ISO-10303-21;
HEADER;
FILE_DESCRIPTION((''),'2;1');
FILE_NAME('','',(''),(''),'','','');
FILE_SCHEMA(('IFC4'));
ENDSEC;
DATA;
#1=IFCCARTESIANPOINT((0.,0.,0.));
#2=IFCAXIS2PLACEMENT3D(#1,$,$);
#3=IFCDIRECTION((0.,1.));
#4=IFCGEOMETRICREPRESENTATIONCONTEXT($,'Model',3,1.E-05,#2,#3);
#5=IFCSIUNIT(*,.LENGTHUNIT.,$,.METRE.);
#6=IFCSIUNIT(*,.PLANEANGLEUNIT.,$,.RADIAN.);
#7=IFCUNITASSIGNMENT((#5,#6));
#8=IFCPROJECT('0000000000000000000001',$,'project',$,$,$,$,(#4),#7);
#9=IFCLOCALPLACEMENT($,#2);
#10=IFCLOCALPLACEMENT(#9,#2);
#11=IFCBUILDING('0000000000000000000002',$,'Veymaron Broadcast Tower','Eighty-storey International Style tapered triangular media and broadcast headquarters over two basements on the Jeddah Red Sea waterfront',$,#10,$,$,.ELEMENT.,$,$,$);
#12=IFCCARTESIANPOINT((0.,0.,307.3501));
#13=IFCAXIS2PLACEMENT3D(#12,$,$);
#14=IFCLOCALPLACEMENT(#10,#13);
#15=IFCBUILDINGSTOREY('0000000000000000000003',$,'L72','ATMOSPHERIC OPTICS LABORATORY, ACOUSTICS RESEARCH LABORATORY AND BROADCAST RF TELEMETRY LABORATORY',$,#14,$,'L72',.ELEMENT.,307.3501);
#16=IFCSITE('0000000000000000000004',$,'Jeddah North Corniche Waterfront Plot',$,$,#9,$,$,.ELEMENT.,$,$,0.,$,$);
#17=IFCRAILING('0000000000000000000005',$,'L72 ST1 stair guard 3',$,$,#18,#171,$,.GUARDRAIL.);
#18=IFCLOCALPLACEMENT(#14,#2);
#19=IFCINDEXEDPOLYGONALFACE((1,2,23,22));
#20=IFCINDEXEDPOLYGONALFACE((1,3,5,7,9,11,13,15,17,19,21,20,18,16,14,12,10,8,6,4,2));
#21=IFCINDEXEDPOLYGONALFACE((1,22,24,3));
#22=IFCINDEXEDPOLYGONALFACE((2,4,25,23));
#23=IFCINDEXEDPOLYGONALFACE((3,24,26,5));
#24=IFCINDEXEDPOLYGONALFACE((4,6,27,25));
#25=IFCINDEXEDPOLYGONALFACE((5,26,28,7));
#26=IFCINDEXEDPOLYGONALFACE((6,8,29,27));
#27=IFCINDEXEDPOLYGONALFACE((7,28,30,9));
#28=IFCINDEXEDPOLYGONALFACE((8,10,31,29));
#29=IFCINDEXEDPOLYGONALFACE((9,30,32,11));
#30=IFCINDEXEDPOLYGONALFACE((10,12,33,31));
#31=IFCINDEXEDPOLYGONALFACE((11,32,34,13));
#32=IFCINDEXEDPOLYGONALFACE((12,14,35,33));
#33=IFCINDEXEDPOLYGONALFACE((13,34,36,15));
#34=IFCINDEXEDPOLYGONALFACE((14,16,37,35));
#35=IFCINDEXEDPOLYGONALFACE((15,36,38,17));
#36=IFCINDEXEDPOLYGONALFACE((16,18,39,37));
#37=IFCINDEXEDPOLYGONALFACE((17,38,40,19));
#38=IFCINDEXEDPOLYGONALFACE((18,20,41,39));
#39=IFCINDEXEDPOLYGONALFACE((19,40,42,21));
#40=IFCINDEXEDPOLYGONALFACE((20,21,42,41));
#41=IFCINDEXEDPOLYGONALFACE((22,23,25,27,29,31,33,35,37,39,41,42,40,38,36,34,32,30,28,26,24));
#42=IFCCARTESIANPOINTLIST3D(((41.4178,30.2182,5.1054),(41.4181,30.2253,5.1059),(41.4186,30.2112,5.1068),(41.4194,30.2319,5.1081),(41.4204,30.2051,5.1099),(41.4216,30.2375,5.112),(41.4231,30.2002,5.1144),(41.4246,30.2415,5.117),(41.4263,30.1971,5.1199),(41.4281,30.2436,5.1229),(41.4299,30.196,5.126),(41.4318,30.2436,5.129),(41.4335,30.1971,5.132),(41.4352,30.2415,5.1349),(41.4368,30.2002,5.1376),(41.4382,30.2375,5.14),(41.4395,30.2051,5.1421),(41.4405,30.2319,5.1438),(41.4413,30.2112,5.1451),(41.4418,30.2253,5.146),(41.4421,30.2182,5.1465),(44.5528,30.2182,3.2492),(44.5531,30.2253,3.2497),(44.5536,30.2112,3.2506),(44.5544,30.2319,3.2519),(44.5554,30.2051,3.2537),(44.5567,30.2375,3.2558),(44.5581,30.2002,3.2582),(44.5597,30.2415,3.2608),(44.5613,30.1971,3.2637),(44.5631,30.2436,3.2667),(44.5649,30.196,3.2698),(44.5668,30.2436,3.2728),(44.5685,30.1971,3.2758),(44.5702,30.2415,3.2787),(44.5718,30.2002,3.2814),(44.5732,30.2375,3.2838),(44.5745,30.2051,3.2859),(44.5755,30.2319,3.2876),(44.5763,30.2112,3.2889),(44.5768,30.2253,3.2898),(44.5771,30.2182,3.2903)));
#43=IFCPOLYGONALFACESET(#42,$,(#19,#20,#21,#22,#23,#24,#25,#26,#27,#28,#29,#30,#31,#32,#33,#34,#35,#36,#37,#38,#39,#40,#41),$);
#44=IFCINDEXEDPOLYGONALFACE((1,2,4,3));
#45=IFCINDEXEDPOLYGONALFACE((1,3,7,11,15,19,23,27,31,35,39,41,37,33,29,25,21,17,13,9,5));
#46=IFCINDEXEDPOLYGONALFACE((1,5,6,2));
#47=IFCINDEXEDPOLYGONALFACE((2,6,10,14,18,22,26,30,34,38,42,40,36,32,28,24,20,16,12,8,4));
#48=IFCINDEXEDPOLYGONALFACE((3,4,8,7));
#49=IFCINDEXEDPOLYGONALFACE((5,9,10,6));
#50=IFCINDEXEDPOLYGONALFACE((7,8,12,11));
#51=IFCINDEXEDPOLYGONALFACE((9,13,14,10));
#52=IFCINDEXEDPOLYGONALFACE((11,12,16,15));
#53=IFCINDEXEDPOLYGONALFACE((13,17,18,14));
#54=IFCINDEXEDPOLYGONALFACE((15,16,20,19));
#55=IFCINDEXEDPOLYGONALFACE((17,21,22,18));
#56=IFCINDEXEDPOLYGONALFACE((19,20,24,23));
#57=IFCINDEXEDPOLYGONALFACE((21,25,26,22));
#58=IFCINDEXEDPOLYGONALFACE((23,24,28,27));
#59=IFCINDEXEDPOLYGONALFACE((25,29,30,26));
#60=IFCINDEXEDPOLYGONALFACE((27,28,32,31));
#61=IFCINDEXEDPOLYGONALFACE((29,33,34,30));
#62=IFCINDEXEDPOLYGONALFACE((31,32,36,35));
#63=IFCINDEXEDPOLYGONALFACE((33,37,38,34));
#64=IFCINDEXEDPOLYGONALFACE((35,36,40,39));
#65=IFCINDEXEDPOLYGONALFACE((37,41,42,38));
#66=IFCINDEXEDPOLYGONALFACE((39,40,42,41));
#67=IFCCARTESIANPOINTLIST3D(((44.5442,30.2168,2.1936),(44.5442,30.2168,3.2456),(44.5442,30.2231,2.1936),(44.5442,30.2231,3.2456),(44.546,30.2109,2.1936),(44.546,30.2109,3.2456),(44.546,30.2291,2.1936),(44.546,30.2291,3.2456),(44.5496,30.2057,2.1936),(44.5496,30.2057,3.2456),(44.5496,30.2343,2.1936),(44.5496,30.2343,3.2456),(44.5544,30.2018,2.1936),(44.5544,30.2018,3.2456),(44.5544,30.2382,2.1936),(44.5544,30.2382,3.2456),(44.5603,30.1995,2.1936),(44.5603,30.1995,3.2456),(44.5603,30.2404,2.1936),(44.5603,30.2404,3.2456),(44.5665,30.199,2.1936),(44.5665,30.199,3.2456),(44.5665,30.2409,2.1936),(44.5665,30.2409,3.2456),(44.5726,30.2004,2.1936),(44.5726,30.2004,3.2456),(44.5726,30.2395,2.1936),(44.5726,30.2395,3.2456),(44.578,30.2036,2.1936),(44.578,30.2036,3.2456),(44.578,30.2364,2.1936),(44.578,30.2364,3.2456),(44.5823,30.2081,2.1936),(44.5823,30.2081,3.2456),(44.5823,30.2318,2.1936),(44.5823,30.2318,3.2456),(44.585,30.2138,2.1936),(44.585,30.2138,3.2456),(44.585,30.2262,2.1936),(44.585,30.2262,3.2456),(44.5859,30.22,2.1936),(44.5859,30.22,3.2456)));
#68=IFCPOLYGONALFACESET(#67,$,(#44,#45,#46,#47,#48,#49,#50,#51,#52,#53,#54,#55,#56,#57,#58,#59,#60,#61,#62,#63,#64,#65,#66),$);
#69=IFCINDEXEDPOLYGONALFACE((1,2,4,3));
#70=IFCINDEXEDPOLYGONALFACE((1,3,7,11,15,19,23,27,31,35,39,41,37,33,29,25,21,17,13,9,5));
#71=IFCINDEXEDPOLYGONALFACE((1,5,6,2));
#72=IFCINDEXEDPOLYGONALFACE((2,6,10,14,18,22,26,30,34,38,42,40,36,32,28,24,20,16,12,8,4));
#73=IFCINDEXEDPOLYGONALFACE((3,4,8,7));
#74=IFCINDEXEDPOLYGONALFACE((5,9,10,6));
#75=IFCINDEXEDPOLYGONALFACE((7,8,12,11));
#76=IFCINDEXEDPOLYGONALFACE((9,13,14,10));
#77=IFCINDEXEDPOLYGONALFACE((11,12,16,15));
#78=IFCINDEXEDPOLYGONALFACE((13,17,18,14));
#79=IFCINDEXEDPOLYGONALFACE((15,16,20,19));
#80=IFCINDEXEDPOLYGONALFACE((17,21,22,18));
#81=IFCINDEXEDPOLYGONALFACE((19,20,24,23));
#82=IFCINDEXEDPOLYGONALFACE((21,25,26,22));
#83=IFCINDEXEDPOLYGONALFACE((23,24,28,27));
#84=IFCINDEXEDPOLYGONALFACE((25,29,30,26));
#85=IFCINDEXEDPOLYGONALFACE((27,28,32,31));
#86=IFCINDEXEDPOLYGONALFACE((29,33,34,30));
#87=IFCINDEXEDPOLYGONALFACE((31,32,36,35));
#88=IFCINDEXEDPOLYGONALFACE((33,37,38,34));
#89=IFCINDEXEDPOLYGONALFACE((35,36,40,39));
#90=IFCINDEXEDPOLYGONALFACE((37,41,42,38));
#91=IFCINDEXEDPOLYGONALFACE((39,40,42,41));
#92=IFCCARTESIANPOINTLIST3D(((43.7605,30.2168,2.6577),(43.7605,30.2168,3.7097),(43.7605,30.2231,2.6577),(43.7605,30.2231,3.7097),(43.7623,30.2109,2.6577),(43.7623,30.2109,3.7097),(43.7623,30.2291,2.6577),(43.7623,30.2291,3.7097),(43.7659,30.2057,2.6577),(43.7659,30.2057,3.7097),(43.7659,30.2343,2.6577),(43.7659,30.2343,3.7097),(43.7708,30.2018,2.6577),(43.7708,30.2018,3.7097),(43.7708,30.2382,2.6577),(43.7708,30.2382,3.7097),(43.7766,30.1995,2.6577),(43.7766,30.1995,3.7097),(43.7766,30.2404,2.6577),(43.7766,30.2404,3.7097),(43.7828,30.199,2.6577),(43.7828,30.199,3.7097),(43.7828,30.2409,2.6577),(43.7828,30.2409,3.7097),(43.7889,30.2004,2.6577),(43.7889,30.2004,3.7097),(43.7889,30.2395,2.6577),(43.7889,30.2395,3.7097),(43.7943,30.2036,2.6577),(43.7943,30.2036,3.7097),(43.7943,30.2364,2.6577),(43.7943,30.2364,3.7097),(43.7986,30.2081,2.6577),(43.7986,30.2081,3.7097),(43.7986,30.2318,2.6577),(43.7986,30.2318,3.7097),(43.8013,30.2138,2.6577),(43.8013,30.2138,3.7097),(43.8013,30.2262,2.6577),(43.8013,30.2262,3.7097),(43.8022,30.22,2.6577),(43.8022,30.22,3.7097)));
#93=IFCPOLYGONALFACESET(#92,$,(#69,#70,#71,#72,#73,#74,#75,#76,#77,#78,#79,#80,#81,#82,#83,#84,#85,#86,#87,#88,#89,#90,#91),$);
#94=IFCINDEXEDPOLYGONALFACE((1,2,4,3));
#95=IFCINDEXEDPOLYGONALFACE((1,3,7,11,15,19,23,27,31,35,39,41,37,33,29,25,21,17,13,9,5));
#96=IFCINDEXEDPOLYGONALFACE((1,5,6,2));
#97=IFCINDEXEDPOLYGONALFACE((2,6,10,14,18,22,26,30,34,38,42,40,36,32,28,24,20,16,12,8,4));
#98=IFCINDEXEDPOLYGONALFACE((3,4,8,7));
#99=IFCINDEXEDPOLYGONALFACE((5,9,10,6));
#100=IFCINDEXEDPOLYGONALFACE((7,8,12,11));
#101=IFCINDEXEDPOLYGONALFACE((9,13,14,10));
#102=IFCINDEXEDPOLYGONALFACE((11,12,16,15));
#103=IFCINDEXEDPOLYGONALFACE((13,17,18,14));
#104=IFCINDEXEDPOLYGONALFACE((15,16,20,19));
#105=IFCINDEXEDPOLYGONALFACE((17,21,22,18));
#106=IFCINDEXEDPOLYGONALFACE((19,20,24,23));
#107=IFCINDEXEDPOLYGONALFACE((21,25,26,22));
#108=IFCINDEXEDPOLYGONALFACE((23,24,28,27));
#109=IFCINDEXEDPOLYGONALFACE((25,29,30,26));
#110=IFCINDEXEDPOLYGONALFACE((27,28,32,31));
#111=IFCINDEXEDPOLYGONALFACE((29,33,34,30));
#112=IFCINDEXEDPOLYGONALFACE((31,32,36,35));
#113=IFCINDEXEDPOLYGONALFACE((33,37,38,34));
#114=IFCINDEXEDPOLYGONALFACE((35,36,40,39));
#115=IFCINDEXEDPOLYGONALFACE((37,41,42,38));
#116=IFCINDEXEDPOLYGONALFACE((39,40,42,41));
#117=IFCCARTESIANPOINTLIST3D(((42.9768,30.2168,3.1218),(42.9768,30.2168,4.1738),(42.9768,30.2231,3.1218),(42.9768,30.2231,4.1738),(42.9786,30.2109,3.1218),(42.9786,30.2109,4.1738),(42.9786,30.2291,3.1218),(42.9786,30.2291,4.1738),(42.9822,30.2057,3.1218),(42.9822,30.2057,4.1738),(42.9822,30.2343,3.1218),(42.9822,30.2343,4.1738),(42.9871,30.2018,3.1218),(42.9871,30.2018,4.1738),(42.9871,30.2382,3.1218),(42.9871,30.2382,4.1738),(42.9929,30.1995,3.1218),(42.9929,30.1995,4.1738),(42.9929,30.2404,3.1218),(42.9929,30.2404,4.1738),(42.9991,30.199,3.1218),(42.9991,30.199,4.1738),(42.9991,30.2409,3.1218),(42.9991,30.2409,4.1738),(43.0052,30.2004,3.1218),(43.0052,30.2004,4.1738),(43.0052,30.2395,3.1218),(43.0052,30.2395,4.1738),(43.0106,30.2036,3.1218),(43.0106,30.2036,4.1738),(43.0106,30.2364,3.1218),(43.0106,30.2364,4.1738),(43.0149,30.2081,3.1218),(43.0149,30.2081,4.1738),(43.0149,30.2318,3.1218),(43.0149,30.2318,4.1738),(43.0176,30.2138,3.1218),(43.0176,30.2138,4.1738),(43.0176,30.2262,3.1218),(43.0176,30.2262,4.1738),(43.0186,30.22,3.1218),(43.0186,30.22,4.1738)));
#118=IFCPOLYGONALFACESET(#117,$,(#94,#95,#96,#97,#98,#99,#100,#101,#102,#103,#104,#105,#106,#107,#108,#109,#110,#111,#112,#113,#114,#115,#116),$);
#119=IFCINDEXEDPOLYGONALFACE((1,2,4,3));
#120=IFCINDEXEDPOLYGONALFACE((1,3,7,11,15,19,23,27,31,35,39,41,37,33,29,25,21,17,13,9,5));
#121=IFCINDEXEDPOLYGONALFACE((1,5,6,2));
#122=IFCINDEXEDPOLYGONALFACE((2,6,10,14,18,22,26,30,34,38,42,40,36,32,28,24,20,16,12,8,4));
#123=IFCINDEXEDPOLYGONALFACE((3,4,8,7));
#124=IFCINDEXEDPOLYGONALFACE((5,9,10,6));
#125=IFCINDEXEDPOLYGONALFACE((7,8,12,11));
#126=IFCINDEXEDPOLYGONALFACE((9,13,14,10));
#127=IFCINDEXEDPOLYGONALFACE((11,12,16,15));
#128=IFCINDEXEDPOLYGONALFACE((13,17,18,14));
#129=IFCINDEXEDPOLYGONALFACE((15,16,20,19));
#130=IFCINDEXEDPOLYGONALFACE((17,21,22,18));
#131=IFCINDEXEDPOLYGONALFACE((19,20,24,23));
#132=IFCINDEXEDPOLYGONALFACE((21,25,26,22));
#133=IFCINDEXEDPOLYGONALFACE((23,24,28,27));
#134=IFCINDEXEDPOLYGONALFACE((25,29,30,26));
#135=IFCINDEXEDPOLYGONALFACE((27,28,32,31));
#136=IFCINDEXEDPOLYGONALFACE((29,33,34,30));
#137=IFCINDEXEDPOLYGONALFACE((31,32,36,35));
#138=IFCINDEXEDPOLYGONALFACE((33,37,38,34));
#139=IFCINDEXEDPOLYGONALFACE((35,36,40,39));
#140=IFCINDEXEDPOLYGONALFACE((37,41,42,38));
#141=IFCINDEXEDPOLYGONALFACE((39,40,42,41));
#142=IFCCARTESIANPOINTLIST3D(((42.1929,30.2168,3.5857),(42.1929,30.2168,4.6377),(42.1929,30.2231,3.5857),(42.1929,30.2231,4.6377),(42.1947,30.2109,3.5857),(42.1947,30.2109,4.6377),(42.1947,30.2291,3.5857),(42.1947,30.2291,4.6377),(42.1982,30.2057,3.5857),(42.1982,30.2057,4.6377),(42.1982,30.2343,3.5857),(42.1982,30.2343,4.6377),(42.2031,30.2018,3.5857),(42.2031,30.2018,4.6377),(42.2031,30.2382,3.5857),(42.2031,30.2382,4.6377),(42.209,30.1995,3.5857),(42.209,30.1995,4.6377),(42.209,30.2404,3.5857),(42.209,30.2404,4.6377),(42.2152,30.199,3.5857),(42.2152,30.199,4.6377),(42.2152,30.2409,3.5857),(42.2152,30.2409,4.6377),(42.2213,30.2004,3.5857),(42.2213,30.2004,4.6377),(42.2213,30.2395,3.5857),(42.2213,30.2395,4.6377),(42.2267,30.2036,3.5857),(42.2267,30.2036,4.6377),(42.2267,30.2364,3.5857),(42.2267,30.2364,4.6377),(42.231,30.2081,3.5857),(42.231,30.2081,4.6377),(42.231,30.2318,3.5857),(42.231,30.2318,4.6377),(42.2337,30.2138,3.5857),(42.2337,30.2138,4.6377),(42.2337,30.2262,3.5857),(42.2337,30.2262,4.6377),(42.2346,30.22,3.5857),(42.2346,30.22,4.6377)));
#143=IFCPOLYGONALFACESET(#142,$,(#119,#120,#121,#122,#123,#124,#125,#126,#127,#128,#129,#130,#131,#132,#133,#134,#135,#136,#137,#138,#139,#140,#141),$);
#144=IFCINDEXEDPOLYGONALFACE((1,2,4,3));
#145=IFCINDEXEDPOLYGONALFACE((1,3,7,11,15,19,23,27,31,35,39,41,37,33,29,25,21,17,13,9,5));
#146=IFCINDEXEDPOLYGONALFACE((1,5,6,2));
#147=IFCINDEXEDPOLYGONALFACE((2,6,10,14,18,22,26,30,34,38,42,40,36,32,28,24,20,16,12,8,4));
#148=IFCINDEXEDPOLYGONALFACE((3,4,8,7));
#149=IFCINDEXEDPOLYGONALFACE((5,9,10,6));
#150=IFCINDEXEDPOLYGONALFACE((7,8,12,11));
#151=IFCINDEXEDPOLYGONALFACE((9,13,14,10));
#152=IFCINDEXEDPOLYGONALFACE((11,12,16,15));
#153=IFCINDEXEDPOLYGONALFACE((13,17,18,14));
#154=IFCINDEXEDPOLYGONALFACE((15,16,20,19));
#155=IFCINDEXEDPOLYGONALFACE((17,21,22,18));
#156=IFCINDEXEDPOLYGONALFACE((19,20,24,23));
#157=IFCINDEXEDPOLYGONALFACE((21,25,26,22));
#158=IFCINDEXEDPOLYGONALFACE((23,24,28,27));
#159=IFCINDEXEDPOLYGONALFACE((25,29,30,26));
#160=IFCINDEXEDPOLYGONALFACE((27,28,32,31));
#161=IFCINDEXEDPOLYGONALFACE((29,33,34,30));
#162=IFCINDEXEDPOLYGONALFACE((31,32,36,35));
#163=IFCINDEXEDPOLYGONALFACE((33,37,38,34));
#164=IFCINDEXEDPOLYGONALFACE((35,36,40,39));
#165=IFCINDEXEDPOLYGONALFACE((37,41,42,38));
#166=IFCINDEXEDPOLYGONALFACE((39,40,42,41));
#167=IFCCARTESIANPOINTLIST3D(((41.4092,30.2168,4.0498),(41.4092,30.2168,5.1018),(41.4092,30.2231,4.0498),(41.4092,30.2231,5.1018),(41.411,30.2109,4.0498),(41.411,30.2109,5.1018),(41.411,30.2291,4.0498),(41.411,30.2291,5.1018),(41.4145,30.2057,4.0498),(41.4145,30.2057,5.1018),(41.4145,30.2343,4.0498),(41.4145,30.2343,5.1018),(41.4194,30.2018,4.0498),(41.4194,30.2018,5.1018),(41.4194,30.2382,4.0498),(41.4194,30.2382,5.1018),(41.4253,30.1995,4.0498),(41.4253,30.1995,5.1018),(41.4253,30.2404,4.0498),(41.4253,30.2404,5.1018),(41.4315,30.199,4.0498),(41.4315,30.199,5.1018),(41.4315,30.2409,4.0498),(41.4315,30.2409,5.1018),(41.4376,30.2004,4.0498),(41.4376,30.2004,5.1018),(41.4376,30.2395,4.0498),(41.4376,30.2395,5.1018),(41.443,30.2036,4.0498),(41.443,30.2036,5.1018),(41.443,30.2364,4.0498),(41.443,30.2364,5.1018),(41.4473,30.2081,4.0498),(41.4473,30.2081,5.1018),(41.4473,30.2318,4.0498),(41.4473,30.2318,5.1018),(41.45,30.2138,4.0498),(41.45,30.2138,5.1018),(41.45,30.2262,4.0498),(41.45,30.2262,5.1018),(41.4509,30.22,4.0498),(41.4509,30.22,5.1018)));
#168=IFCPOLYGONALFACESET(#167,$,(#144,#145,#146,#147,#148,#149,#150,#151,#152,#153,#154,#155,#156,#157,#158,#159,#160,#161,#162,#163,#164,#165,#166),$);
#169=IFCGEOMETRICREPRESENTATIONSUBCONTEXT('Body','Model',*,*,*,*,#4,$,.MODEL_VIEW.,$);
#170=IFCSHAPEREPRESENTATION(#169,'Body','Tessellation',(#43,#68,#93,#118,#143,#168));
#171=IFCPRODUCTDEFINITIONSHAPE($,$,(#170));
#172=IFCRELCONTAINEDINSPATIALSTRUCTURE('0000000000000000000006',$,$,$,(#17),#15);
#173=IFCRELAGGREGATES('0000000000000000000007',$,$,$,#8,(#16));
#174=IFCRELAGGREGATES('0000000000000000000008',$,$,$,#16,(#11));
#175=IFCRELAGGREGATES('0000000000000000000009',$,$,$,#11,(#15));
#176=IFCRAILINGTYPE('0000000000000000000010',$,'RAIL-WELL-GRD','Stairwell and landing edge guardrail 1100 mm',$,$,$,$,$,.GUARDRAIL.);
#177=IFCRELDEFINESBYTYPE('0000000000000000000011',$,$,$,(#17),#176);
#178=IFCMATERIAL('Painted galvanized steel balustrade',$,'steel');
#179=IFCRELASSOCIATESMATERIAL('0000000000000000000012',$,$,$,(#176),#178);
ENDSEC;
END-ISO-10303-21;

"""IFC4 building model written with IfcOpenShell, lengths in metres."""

from ifc_helpers import new_model, si_unit, direction, frame, origin, origin_2d, place, context, subcontext, project, spatial, circle, extrude, material, type_object, element, save


model = new_model("IFC4")

# Units and contexts
model_context = context("Model", 3, precision=1e-05, world=origin(), true_north=direction((0.0, 1.0)))
body_context = subcontext(model_context, "Body", "Model", "MODEL_VIEW")
ifc_project = project(units=[si_unit("LENGTHUNIT", "METRE"), si_unit("PLANEANGLEUNIT", "RADIAN")], contexts=[model_context])

# Site, building, storey
site_placement = place(None, origin())
site = spatial("IfcSite", under=ifc_project, at=site_placement, Name="Jeddah North Corniche Waterfront Plot", CompositionType="ELEMENT", RefElevation=0.0)
building_placement = place(site_placement, origin())
building = spatial("IfcBuilding", under=site, at=building_placement, Name="Veymaron Broadcast Tower", Description="Eighty-storey International Style tapered triangular media and broadcast headquarters over two basements on the Jeddah Red Sea waterfront", CompositionType="ELEMENT")
storey_placement = place(building_placement, frame((0.0, 0.0, 307.3501)))
storey = spatial("IfcBuildingStorey", under=building, at=storey_placement, Name="L72", Description="ATMOSPHERIC OPTICS LABORATORY, ACOUSTICS RESEARCH LABORATORY AND BROADCAST RF TELEMETRY LABORATORY", LongName="L72", CompositionType="ELEMENT", Elevation=307.3501)

# Railing
ifc_material_1 = material(Name="Painted galvanized steel balustrade", Category="steel")
railing_type_1 = type_object("IfcRailingType", Name="RAIL-WELL-GRD", Description="Stairwell and landing edge guardrail 1100 mm", PredefinedType="GUARDRAIL", material=ifc_material_1)
railing_1_placement = place(storey_placement, frame((44.5649, 30.22, 2.1936)))
element("IfcRailing", 1, at=railing_1_placement, inside=storey, type_object=railing_type_1, Name="L72 ST1 stair guard 3", PredefinedType="GUARDRAIL", context=body_context, shape_type="SweptSolid", body=[
    extrude(circle(Radius=0.0239, at=origin_2d()), frame((0.0, 0.0, 1.0762), z_axis=(-0.860482, 0.0, 0.509481), x_axis=(0.0, -1.0, 0.0)), (0.0, 0.0, 1.0), 3.6433),
    extrude(circle(Radius=0.021, at=origin_2d()), origin(), (0.0, 0.0, 1.0), 1.052),
    extrude(circle(Radius=0.021, at=origin_2d()), frame((-0.7837, 0.0, 0.4641)), (0.0, 0.0, 1.0), 1.052),
    extrude(circle(Radius=0.021, at=origin_2d()), frame((-1.5674, 0.0, 0.9282)), (0.0, 0.0, 1.0), 1.052),
    extrude(circle(Radius=0.021, at=origin_2d()), frame((-2.3513, 0.0, 1.3921)), (0.0, 0.0, 1.0), 1.052),
    extrude(circle(Radius=0.021, at=origin_2d()), frame((-3.135, 0.0, 1.8562)), (0.0, 0.0, 1.0), 1.052),
])

save(model, "model.ifc")
